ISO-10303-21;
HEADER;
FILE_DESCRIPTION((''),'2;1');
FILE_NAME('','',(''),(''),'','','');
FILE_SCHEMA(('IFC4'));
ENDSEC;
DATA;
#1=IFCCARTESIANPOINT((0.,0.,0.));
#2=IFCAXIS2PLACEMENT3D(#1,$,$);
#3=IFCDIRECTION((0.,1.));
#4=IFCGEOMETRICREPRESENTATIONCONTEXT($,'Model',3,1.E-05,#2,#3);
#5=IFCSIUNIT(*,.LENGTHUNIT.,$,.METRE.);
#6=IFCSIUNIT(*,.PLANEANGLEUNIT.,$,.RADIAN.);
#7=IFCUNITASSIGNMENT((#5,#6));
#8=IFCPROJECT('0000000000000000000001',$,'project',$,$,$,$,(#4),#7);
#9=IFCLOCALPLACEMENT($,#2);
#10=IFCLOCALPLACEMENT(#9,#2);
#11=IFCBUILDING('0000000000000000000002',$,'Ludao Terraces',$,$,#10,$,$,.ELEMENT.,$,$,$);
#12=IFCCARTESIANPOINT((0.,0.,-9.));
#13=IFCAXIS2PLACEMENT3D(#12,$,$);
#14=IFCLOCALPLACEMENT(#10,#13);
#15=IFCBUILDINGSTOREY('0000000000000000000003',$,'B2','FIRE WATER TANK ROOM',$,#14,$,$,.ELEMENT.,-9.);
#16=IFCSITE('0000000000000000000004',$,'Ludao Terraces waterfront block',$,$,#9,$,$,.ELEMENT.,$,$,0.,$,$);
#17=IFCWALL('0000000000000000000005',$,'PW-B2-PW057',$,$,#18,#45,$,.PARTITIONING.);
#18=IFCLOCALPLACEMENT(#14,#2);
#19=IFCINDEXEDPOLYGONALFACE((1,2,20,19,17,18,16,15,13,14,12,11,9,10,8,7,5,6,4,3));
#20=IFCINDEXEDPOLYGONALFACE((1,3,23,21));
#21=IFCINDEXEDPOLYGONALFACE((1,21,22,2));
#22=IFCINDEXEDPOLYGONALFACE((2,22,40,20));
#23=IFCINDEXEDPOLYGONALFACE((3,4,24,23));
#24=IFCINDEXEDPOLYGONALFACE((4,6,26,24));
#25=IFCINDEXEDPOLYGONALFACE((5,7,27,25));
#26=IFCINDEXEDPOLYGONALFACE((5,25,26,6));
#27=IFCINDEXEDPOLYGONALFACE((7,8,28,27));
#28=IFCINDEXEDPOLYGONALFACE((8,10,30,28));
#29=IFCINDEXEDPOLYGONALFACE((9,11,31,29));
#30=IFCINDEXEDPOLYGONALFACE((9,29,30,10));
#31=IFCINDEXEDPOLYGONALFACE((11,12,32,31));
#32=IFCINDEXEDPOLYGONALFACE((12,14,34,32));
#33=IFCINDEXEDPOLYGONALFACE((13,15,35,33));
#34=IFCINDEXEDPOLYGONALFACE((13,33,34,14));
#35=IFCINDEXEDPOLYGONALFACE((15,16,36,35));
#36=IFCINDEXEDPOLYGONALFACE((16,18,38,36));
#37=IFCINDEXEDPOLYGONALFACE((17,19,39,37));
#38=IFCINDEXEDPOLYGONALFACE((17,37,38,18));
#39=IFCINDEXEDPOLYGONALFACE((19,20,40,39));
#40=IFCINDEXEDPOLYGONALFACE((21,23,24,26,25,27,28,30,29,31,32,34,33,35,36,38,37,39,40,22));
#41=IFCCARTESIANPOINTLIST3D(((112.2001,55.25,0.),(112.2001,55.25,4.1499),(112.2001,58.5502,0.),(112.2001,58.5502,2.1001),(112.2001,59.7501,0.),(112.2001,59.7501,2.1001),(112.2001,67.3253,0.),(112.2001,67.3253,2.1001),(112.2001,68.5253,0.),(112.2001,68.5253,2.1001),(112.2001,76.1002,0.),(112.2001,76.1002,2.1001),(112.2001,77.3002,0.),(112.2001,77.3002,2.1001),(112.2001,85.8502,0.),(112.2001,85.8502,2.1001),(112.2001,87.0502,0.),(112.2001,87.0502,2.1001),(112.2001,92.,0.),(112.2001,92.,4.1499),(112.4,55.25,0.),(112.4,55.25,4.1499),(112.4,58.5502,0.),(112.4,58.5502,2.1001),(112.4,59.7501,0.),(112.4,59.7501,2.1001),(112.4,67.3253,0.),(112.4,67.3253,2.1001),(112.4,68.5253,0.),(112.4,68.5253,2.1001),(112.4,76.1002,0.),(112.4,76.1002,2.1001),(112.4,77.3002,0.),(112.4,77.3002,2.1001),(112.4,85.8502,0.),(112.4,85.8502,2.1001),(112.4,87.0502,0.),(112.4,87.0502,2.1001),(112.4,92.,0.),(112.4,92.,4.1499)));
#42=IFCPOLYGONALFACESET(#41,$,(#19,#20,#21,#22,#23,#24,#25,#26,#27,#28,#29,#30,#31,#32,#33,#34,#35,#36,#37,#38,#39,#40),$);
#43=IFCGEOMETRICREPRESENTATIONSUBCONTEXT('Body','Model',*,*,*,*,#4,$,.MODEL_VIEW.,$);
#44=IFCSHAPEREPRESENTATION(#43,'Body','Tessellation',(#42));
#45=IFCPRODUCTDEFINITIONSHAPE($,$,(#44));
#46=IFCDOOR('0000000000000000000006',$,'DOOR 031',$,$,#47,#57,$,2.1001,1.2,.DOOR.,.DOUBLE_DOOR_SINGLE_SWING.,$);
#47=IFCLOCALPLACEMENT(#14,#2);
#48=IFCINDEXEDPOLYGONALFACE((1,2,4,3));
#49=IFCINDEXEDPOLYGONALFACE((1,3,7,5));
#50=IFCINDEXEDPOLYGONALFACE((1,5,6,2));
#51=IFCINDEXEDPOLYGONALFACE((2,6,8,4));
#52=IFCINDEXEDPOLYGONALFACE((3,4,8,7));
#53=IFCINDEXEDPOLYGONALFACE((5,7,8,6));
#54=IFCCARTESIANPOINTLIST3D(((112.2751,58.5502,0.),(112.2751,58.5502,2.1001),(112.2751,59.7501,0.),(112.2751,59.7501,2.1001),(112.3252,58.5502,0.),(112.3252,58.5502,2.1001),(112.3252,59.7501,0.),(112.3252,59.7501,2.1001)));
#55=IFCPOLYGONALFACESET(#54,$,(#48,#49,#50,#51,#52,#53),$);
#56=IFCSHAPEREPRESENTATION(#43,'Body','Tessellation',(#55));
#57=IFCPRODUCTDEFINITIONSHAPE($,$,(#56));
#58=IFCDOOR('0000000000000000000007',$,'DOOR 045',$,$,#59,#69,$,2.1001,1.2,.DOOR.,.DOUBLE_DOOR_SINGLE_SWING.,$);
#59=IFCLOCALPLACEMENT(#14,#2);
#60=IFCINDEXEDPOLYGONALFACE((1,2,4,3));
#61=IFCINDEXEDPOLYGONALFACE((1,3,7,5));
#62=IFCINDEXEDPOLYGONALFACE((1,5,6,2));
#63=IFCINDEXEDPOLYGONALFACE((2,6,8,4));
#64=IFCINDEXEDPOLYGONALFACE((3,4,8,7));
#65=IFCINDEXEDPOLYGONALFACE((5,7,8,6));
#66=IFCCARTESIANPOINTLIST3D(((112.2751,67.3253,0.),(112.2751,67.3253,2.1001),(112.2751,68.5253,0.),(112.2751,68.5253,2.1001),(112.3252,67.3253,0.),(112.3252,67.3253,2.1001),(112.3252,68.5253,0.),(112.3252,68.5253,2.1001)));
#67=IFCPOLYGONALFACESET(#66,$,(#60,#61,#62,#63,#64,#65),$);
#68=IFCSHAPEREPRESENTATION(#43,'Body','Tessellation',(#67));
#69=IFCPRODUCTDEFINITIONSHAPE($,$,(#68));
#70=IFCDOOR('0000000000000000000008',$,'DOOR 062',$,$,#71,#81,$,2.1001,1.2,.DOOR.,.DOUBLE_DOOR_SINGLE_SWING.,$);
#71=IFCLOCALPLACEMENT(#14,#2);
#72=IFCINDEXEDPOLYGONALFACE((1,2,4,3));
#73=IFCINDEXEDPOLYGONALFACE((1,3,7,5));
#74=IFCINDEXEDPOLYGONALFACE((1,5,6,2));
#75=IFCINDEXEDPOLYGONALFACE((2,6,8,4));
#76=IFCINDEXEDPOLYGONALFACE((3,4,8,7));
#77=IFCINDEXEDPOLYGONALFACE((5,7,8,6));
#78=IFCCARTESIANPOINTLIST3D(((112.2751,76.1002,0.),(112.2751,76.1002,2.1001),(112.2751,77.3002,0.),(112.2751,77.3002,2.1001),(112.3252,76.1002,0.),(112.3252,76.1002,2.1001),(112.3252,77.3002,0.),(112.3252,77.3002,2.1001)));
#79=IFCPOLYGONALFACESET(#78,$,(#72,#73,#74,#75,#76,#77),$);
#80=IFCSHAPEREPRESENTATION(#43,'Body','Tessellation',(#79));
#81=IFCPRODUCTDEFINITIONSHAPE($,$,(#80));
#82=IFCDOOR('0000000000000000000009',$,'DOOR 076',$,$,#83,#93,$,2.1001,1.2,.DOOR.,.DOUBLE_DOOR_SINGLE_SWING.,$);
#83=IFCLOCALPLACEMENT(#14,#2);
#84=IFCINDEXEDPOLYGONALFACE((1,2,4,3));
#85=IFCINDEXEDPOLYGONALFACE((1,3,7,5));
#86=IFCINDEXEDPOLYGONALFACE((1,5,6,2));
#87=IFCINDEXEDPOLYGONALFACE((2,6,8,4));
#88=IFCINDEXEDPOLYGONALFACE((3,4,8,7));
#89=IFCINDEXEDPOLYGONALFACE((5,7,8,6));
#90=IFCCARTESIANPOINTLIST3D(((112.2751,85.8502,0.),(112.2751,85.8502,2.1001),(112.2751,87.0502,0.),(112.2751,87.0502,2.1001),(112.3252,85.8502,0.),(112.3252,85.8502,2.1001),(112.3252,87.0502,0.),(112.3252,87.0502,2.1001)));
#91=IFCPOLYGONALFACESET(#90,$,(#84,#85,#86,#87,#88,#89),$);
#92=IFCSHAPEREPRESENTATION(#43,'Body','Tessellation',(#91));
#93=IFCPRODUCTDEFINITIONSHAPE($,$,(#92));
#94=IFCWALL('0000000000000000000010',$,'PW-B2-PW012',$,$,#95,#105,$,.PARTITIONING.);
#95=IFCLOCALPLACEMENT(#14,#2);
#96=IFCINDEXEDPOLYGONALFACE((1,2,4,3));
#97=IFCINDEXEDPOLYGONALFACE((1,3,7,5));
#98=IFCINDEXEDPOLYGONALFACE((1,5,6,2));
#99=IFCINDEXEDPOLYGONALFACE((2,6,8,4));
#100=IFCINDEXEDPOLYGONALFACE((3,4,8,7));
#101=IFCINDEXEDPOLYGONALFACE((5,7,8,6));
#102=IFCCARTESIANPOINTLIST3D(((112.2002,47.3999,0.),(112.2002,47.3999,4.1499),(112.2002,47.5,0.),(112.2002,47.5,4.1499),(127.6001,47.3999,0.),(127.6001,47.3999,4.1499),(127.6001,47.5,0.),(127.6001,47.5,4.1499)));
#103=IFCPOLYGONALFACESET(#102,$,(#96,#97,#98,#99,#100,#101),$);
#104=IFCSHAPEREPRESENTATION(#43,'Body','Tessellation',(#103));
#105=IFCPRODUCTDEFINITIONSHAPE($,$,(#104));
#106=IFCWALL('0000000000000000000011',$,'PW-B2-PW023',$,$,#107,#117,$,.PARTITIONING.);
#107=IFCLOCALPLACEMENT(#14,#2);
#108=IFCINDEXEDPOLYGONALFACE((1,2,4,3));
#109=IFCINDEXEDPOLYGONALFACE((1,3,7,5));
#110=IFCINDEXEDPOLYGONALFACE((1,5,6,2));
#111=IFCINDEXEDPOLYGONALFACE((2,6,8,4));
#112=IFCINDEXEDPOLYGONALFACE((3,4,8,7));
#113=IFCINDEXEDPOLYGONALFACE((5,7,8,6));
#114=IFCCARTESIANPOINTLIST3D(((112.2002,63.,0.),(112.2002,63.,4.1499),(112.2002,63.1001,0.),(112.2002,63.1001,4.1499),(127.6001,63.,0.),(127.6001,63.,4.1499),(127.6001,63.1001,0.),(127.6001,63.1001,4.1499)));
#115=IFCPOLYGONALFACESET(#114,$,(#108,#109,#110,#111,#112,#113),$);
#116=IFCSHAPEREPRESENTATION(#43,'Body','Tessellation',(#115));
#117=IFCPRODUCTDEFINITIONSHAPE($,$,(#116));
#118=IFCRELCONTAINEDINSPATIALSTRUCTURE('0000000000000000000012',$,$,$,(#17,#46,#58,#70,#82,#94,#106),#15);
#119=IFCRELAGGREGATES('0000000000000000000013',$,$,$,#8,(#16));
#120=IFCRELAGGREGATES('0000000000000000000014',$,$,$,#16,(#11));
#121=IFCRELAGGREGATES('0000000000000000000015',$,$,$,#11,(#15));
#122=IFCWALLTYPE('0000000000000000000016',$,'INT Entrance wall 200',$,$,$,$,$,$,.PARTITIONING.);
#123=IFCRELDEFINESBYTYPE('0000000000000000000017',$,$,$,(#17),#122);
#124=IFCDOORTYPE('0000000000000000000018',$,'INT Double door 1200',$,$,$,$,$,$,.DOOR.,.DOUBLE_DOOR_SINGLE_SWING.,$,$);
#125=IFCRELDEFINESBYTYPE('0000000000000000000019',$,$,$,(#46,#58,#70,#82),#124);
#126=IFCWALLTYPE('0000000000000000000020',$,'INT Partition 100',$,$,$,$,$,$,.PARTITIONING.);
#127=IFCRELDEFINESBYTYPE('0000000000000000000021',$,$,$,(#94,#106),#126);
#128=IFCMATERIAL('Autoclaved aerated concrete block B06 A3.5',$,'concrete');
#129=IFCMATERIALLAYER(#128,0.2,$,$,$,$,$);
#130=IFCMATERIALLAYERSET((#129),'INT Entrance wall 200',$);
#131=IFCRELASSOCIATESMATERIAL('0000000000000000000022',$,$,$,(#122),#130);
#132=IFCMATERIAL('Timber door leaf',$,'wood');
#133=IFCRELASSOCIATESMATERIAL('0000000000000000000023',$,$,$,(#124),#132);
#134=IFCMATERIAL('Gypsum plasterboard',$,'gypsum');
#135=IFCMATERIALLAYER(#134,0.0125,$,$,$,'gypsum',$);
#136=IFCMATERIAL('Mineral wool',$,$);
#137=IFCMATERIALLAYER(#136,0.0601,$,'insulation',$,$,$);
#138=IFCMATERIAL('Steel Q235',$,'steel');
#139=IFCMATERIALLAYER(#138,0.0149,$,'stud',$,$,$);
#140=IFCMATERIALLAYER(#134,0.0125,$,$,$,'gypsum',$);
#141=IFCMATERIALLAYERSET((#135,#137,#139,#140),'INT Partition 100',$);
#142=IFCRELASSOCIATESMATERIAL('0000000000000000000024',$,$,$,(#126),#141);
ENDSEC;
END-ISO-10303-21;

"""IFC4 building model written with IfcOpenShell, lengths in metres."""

from ifc_helpers import new_model, si_unit, direction, frame, frame_2d, origin, place, context, subcontext, project, spatial, rectangle, extrude, material, layer, layer_set, type_object, element, fill, save


model = new_model("IFC4")

# Units and contexts
model_context = context("Model", 3, precision=1e-05, world=origin(), true_north=direction((0.0, 1.0)))
body_context = subcontext(model_context, "Body", "Model", "MODEL_VIEW")
ifc_project = project(units=[si_unit("LENGTHUNIT", "METRE"), si_unit("PLANEANGLEUNIT", "RADIAN")], contexts=[model_context])

# Site, building, storey
site_placement = place(None, origin())
site = spatial("IfcSite", under=ifc_project, at=site_placement, Name="Ludao Terraces waterfront block", CompositionType="ELEMENT", RefElevation=0.0)
building_placement = place(site_placement, origin())
building = spatial("IfcBuilding", under=site, at=building_placement, Name="Ludao Terraces", CompositionType="ELEMENT")
storey_placement = place(building_placement, frame((0.0, 0.0, -9.0)))
storey = spatial("IfcBuildingStorey", under=building, at=storey_placement, Name="B2", Description="FIRE WATER TANK ROOM", CompositionType="ELEMENT", Elevation=-9.0)

# Wall, openings, doors
ifc_material_1 = material(Name="Autoclaved aerated concrete block B06 A3.5", Category="concrete")
ifc_layer_1 = layer(ifc_material_1, 0.2)
ifc_layer_set_1 = layer_set([ifc_layer_1], Name="INT Entrance wall 200")
wall_type_1 = type_object("IfcWallType", Name="INT Entrance wall 200", PredefinedType="PARTITIONING", material=ifc_layer_set_1)
ifc_material_2 = material(Name="Timber door leaf", Category="wood")
door_type = type_object("IfcDoorType", Name="INT Double door 1200", OperationType="DOUBLE_DOOR_SINGLE_SWING", PredefinedType="DOOR", material=ifc_material_2)
wall_1_placement = place(storey_placement, frame((112.3, 55.25, 0.0), z_axis=(0.0, 0.0, 1.0), x_axis=(0.0, 1.0, 0.0)))
wall_1 = element("IfcWall", 1, at=wall_1_placement, inside=storey, type_object=wall_type_1, Name="PW-B2-PW057", PredefinedType="PARTITIONING", context=body_context, shape_type="SweptSolid", body=[
    extrude(rectangle(XDim=36.75, YDim=0.2, at=frame_2d((18.375, 0.0))), origin(), (0.0, 0.0, 1.0), 4.1499),
])
opening_1_placement = place(wall_1_placement, frame((3.3, 0.0, 0.0)))
opening_1 = element("IfcOpeningElement", 2, at=opening_1_placement, cuts=wall_1, PredefinedType="OPENING", context=body_context, shape_type="SweptSolid", body=[
    extrude(rectangle(XDim=1.2, YDim=2.1001, at=frame_2d((0.6001, 1.05))), frame((0.0, 0.1099, 0.0), z_axis=(0.0, -1.0, 0.0), x_axis=(1.0, 0.0, 0.0)), (0.0, 0.0, 1.0), 0.22),
])
opening_2_placement = place(wall_1_placement, frame((12.0752, 0.0, 0.0)))
opening_2 = element("IfcOpeningElement", 3, at=opening_2_placement, cuts=wall_1, PredefinedType="OPENING", context=body_context, shape_type="SweptSolid", body=[
    extrude(rectangle(XDim=1.2, YDim=2.1001, at=frame_2d((0.6001, 1.05))), frame((0.0, 0.1099, 0.0), z_axis=(0.0, -1.0, 0.0), x_axis=(1.0, 0.0, 0.0)), (0.0, 0.0, 1.0), 0.22),
])
opening_3_placement = place(wall_1_placement, frame((20.8501, 0.0, 0.0)))
opening_3 = element("IfcOpeningElement", 4, at=opening_3_placement, cuts=wall_1, PredefinedType="OPENING", context=body_context, shape_type="SweptSolid", body=[
    extrude(rectangle(XDim=1.2, YDim=2.1001, at=frame_2d((0.6001, 1.05))), frame((0.0, 0.1099, 0.0), z_axis=(0.0, -1.0, 0.0), x_axis=(1.0, 0.0, 0.0)), (0.0, 0.0, 1.0), 0.22),
])
opening_4_placement = place(wall_1_placement, frame((30.6001, 0.0, 0.0)))
opening_4 = element("IfcOpeningElement", 5, at=opening_4_placement, cuts=wall_1, PredefinedType="OPENING", context=body_context, shape_type="SweptSolid", body=[
    extrude(rectangle(XDim=1.2, YDim=2.1001, at=frame_2d((0.6001, 1.05))), frame((0.0, 0.1099, 0.0), z_axis=(0.0, -1.0, 0.0), x_axis=(1.0, 0.0, 0.0)), (0.0, 0.0, 1.0), 0.22),
])
door_1_placement = place(opening_1_placement, origin())
door_1 = element("IfcDoor", 6, at=door_1_placement, inside=storey, type_object=door_type, Name="DOOR 031", OperationType="DOUBLE_DOOR_SINGLE_SWING", OverallHeight=2.1001, OverallWidth=1.2, PredefinedType="DOOR", context=body_context, shape_type="SweptSolid", body=[
    extrude(rectangle(XDim=1.2, YDim=2.1001, at=frame_2d((0.6001, 1.05))), frame((0.0, 0.0249, 0.0), z_axis=(0.0, -1.0, 0.0), x_axis=(1.0, 0.0, 0.0)), (0.0, 0.0, 1.0), 0.05),
])
fill(opening_1, door_1)
door_2_placement = place(opening_2_placement, origin())
door_2 = element("IfcDoor", 7, at=door_2_placement, inside=storey, type_object=door_type, Name="DOOR 045", OperationType="DOUBLE_DOOR_SINGLE_SWING", OverallHeight=2.1001, OverallWidth=1.2, PredefinedType="DOOR", context=body_context, shape_type="SweptSolid", body=[
    extrude(rectangle(XDim=1.2, YDim=2.1001, at=frame_2d((0.6001, 1.05))), frame((0.0, 0.0249, 0.0), z_axis=(0.0, -1.0, 0.0), x_axis=(1.0, 0.0, 0.0)), (0.0, 0.0, 1.0), 0.05),
])
fill(opening_2, door_2)
door_3_placement = place(opening_3_placement, origin())
door_3 = element("IfcDoor", 8, at=door_3_placement, inside=storey, type_object=door_type, Name="DOOR 062", OperationType="DOUBLE_DOOR_SINGLE_SWING", OverallHeight=2.1001, OverallWidth=1.2, PredefinedType="DOOR", context=body_context, shape_type="SweptSolid", body=[
    extrude(rectangle(XDim=1.2, YDim=2.1001, at=frame_2d((0.6001, 1.05))), frame((0.0, 0.0249, 0.0), z_axis=(0.0, -1.0, 0.0), x_axis=(1.0, 0.0, 0.0)), (0.0, 0.0, 1.0), 0.05),
])
fill(opening_3, door_3)
door_4_placement = place(opening_4_placement, origin())
door_4 = element("IfcDoor", 9, at=door_4_placement, inside=storey, type_object=door_type, Name="DOOR 076", OperationType="DOUBLE_DOOR_SINGLE_SWING", OverallHeight=2.1001, OverallWidth=1.2, PredefinedType="DOOR", context=body_context, shape_type="SweptSolid", body=[
    extrude(rectangle(XDim=1.2, YDim=2.1001, at=frame_2d((0.6001, 1.05))), frame((0.0, 0.0249, 0.0), z_axis=(0.0, -1.0, 0.0), x_axis=(1.0, 0.0, 0.0)), (0.0, 0.0, 1.0), 0.05),
])
fill(opening_4, door_4)

# Walls
ifc_material_3 = material(Name="Gypsum plasterboard", Category="gypsum")
ifc_layer_2 = layer(ifc_material_3, 0.0125, Category="gypsum")
ifc_material_4 = material(Name="Mineral wool")
ifc_layer_3 = layer(ifc_material_4, 0.0601, Name="insulation")
ifc_material_5 = material(Name="Steel Q235", Category="steel")
ifc_layer_4 = layer(ifc_material_5, 0.0149, Name="stud")
ifc_layer_5 = layer(ifc_material_3, 0.0125, Category="gypsum")
ifc_layer_set_2 = layer_set([ifc_layer_2, ifc_layer_3, ifc_layer_4, ifc_layer_5], Name="INT Partition 100")
wall_type_2 = type_object("IfcWallType", Name="INT Partition 100", PredefinedType="PARTITIONING", material=ifc_layer_set_2)
for number, where, z_axis, x_axis, name in (
    (10, (112.2002, 47.45, 0.0), (0.0, 0.0, 1.0), (1.0, 0.0, 0.0), "PW-B2-PW012"),
    (11, (112.2002, 63.05, 0.0), (0.0, 0.0, 1.0), (1.0, 0.0, 0.0), "PW-B2-PW023"),
):
    element("IfcWall", number, at=place(storey_placement, frame(where, z_axis=z_axis, x_axis=x_axis)), inside=storey, type_object=wall_type_2, Name=name, PredefinedType="PARTITIONING", context=body_context, shape_type="SweptSolid", body=[
        extrude(rectangle(XDim=15.3999, YDim=0.1001, at=frame_2d((7.7, 0.0))), origin(), (0.0, 0.0, 1.0), 4.1499),
    ])

save(model, "model.ifc")
